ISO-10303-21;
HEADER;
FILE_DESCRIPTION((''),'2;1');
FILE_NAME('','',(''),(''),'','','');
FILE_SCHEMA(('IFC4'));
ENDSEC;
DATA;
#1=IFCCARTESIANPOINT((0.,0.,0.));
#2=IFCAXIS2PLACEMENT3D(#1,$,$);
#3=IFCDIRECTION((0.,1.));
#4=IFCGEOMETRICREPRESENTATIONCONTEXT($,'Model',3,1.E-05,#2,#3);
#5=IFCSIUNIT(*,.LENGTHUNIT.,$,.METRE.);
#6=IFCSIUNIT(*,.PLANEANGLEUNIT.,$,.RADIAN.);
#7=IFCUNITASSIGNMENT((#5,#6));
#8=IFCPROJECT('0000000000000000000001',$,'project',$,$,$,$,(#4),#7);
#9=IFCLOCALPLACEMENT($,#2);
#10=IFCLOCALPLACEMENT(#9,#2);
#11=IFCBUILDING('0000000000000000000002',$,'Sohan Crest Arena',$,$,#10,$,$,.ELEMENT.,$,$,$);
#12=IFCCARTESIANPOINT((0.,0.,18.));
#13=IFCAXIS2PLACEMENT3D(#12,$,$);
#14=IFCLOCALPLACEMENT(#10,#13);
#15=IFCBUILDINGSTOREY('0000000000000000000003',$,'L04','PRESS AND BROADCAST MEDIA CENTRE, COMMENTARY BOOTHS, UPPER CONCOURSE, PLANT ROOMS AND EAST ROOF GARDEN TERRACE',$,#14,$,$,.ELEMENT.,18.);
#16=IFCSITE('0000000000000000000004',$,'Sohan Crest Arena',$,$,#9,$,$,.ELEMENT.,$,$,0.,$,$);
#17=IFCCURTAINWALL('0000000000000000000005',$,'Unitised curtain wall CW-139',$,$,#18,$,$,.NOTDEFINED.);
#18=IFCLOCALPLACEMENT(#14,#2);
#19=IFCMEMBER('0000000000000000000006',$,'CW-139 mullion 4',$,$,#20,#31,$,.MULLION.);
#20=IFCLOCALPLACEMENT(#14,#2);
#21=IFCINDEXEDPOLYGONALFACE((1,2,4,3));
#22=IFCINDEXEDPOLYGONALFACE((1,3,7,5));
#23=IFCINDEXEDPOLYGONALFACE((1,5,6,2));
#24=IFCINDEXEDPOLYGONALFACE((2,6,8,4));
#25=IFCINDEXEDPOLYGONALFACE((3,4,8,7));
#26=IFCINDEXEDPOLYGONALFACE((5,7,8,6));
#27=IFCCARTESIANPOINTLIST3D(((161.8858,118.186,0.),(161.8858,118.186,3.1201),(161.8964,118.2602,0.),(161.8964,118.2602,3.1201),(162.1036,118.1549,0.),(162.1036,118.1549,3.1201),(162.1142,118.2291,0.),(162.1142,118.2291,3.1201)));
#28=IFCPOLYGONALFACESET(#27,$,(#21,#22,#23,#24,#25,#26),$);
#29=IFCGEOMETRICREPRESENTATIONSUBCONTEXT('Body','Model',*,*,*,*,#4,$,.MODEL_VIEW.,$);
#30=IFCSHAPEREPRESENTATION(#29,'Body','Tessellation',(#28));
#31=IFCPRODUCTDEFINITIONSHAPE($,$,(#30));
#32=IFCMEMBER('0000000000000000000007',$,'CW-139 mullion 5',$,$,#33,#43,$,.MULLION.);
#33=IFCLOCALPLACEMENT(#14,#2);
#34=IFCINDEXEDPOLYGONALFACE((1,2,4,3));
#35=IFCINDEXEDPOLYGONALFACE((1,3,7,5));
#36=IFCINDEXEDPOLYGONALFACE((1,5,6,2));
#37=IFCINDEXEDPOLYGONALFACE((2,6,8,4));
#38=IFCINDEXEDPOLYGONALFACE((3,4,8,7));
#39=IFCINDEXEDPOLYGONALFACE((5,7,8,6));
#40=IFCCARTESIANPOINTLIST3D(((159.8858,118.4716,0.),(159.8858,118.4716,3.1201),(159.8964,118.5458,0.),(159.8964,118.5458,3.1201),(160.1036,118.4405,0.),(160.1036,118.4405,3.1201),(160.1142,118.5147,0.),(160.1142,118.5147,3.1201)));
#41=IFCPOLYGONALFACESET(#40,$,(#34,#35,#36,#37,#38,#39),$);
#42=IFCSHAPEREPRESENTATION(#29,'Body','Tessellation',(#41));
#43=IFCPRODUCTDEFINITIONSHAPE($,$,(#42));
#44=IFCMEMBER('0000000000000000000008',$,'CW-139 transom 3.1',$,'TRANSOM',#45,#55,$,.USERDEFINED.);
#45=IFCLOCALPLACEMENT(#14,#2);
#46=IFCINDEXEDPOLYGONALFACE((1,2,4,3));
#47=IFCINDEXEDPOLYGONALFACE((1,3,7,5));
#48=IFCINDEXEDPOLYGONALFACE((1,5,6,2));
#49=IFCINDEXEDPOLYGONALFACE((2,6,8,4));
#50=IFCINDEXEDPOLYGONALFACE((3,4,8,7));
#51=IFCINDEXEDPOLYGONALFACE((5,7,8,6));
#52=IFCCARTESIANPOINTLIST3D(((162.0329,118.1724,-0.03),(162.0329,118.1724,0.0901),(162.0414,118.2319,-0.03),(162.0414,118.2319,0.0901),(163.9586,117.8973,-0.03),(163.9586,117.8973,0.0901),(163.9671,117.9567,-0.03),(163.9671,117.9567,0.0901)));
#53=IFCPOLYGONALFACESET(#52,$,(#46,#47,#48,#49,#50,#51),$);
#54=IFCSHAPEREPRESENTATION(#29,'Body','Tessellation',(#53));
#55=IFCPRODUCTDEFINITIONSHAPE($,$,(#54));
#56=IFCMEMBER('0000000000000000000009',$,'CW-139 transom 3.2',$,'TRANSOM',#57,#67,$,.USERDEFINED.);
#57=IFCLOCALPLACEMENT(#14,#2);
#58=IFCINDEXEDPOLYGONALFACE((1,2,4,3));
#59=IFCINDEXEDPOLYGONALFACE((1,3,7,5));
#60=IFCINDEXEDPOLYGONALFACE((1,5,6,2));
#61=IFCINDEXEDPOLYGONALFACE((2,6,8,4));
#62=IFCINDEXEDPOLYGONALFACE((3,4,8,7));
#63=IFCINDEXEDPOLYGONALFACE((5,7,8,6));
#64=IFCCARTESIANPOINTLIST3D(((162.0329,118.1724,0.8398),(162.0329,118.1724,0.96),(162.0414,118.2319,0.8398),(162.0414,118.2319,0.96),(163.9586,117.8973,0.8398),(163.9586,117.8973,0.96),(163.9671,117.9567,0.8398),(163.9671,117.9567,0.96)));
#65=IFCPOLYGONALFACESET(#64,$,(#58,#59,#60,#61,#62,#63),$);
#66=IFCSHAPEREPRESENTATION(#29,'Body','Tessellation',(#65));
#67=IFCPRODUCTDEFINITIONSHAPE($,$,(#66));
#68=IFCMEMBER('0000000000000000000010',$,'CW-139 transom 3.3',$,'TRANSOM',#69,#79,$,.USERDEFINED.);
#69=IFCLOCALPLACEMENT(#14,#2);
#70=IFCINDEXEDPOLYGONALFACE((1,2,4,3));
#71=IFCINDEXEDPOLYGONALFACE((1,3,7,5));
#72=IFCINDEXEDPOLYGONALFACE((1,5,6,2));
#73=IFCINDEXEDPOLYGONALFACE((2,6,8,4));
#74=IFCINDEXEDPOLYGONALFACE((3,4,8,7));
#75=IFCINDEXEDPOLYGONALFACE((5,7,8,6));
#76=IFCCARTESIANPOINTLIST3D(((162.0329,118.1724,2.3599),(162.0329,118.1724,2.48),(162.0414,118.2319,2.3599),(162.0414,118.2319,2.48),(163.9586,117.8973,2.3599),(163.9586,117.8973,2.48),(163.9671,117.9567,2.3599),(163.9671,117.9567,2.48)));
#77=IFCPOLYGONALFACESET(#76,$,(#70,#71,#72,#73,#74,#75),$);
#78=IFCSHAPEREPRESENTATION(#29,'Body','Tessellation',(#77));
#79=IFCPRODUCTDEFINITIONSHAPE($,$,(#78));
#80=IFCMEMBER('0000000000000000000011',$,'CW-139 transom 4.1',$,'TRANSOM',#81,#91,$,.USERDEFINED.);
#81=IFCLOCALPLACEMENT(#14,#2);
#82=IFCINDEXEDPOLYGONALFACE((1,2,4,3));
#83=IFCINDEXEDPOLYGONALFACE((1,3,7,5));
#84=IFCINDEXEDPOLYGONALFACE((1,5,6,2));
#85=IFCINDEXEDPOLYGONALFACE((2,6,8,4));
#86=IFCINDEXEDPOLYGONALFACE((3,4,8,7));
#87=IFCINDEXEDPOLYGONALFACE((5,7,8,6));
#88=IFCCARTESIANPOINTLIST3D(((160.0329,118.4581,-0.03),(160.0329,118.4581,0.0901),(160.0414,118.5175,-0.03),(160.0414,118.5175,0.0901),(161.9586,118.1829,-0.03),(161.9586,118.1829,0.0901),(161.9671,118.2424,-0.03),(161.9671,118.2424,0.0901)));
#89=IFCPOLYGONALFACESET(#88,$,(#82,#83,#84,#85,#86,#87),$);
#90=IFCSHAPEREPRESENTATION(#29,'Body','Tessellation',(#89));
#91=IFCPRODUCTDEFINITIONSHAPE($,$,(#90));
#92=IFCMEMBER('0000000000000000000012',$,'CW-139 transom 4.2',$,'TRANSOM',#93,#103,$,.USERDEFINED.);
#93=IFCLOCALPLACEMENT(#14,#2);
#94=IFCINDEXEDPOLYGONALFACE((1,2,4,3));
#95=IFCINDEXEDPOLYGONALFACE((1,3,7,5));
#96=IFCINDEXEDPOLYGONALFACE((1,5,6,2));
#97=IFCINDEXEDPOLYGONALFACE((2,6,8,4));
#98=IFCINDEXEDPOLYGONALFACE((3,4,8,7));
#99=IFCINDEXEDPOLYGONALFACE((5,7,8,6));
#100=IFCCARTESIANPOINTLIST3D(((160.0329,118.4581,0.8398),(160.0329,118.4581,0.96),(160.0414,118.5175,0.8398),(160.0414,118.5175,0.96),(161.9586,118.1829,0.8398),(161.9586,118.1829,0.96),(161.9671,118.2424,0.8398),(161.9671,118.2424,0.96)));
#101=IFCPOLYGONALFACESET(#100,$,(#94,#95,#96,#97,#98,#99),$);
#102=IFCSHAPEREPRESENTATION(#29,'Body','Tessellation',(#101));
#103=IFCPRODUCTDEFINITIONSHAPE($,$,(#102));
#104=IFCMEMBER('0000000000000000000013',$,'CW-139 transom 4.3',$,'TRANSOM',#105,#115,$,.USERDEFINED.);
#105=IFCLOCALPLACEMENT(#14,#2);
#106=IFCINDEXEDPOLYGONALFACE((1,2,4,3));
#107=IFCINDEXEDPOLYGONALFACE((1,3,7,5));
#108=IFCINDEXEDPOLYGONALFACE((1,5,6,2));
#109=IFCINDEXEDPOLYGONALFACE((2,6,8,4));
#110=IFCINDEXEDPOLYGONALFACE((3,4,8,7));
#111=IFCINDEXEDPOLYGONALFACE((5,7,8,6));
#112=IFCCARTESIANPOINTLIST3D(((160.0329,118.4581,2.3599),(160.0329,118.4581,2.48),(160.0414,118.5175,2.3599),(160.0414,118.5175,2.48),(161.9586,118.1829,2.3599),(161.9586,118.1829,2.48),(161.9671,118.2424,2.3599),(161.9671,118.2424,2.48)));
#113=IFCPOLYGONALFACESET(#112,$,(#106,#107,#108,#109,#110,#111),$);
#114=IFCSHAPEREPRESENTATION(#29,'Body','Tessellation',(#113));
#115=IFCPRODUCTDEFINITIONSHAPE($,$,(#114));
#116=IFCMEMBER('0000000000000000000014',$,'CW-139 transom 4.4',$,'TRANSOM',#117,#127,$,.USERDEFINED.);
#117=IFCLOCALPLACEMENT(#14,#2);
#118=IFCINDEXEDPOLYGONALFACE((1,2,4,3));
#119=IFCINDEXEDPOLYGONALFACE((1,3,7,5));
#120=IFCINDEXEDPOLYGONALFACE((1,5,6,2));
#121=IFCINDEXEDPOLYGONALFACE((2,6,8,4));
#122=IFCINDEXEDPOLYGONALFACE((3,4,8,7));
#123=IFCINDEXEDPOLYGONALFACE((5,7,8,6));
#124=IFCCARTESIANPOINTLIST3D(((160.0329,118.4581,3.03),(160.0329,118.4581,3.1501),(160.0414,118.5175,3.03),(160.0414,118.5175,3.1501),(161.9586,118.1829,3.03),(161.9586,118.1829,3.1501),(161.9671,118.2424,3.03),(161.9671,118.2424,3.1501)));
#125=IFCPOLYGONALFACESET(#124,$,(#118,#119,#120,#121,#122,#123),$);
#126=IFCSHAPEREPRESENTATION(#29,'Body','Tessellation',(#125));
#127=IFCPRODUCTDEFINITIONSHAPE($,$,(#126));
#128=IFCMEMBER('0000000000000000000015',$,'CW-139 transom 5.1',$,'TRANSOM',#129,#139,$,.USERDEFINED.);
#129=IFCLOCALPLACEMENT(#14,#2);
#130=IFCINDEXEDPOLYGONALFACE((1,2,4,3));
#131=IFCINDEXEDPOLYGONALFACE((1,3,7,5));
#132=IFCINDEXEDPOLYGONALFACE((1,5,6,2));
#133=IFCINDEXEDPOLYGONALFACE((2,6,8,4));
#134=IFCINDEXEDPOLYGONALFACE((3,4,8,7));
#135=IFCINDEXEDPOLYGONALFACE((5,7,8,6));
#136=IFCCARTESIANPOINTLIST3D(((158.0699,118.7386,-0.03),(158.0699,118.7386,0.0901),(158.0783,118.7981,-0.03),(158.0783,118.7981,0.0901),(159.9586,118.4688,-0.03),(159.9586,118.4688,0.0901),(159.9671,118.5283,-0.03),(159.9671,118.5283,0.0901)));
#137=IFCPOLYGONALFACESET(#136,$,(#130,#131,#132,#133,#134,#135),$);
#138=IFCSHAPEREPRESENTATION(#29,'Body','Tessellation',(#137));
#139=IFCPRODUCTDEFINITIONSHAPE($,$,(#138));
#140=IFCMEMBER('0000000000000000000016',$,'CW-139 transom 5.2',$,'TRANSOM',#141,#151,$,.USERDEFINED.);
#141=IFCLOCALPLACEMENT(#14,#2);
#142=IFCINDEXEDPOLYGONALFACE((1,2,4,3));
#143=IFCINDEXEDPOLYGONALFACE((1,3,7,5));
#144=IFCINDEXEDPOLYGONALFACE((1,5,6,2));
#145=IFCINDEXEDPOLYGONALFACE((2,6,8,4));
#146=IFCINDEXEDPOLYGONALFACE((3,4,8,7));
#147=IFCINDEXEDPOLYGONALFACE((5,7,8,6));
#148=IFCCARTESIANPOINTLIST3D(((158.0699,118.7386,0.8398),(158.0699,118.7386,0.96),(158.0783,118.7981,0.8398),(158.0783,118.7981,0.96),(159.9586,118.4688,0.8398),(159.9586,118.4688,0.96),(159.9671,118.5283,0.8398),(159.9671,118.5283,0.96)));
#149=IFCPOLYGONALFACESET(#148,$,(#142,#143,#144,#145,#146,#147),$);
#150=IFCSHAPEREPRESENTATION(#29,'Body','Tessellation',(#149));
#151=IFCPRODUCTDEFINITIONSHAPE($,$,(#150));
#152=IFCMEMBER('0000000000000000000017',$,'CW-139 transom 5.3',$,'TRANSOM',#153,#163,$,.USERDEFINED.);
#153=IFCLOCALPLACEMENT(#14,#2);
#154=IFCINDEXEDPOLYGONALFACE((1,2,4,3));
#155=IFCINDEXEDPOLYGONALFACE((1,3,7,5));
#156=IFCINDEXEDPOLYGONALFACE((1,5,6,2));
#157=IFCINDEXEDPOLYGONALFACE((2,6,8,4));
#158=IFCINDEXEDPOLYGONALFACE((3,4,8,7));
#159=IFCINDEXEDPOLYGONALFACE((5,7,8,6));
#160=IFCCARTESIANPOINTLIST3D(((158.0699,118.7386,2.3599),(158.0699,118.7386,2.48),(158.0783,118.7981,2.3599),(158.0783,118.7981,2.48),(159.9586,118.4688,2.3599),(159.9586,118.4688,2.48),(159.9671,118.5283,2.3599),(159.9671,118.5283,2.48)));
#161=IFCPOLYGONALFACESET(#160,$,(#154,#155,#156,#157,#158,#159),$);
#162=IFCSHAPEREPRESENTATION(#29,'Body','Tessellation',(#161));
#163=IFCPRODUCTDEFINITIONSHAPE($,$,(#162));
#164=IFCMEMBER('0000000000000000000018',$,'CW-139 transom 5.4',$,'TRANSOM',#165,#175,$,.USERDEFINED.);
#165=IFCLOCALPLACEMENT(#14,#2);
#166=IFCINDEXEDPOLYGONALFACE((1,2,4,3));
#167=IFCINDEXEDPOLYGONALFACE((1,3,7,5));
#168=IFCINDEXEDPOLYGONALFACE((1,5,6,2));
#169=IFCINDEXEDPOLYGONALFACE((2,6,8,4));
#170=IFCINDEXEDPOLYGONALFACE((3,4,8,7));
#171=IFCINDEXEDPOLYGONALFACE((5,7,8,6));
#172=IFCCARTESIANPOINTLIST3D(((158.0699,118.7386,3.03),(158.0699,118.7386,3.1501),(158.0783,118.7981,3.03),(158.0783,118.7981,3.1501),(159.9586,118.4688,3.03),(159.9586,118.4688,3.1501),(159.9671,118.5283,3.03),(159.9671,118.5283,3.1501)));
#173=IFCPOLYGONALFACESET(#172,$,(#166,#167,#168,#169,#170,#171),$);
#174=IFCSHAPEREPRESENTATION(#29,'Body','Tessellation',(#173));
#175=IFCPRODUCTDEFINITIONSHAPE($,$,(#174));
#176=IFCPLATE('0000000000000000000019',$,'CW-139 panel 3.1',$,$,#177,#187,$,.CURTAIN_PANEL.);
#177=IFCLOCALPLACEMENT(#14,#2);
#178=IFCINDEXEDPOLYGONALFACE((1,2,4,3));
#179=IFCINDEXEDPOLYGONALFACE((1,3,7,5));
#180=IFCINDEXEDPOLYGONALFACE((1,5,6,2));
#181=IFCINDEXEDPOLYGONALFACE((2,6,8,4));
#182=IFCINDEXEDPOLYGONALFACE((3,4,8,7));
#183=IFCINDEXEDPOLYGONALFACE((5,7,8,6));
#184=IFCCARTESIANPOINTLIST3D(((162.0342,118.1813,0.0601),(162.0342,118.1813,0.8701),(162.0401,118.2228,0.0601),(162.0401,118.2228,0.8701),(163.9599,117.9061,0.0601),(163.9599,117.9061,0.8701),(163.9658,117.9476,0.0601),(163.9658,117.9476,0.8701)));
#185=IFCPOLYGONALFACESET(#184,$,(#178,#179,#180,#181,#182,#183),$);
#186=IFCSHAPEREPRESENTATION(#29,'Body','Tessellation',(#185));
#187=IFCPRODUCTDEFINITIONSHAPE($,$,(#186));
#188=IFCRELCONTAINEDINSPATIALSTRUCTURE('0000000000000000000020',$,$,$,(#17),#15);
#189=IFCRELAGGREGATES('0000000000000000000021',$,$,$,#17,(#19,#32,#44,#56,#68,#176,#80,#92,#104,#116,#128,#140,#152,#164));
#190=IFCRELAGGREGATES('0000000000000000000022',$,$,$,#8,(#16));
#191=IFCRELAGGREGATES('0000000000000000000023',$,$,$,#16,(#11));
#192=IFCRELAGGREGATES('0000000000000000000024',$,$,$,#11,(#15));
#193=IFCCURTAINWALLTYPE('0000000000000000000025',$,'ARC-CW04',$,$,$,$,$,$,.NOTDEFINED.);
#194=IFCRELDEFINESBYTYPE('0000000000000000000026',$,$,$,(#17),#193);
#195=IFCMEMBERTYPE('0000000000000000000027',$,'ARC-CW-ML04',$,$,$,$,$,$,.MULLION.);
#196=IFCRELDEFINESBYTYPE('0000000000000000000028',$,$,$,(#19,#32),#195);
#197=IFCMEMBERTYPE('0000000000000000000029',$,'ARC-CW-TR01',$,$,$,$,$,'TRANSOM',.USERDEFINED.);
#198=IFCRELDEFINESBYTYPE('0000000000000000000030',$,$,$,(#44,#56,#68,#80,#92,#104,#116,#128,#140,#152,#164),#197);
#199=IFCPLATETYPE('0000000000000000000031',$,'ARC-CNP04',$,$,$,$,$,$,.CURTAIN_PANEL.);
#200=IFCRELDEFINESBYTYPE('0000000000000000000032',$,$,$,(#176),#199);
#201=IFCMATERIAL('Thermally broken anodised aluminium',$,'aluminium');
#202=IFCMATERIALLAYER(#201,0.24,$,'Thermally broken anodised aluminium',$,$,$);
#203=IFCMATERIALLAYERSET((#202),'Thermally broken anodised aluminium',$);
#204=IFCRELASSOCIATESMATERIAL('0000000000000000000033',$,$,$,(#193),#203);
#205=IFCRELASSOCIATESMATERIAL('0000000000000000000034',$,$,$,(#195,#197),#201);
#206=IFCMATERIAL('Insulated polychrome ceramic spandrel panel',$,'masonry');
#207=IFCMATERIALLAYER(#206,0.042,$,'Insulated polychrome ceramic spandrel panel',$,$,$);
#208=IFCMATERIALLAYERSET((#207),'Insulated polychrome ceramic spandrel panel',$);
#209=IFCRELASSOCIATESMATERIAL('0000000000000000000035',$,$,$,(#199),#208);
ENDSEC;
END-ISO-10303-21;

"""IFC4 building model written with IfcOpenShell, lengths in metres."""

from ifc_helpers import new_model, si_unit, direction, frame, origin, origin_2d, place, context, subcontext, project, spatial, rectangle, extrude, material, layer, layer_set, material_profile, profile_set, type_object, element, aggregate, save


model = new_model("IFC4")

# Units and contexts
model_context = context("Model", 3, precision=1e-05, world=origin(), true_north=direction((0.0, 1.0)))
body_context = subcontext(model_context, "Body", "Model", "MODEL_VIEW")
ifc_project = project(units=[si_unit("LENGTHUNIT", "METRE"), si_unit("PLANEANGLEUNIT", "RADIAN")], contexts=[model_context])

# Site, building, storey
site_placement = place(None, origin())
site = spatial("IfcSite", under=ifc_project, at=site_placement, Name="Sohan Crest Arena", CompositionType="ELEMENT", RefElevation=0.0)
building_placement = place(site_placement, origin())
building = spatial("IfcBuilding", under=site, at=building_placement, Name="Sohan Crest Arena", CompositionType="ELEMENT")
storey_placement = place(building_placement, frame((0.0, 0.0, 18.0)))
storey = spatial("IfcBuildingStorey", under=building, at=storey_placement, Name="L04", Description="PRESS AND BROADCAST MEDIA CENTRE, COMMENTARY BOOTHS, UPPER CONCOURSE, PLANT ROOMS AND EAST ROOF GARDEN TERRACE", CompositionType="ELEMENT", Elevation=18.0)

# Curtain wall, members, plate
ifc_material_1 = material(Name="Thermally broken anodised aluminium", Category="aluminium")
ifc_layer_1 = layer(ifc_material_1, 0.24, Name="Thermally broken anodised aluminium")
ifc_layer_set_1 = layer_set([ifc_layer_1], Name="Thermally broken anodised aluminium")
curtain_wall_type = type_object("IfcCurtainWallType", Name="ARC-CW04", PredefinedType="NOTDEFINED", material=ifc_layer_set_1)
curtain_wall_placement = place(storey_placement, origin())
curtain_wall = element("IfcCurtainWall", 1, at=curtain_wall_placement, inside=storey, type_object=curtain_wall_type, Name="Unitised curtain wall CW-139", PredefinedType="NOTDEFINED")
ifc_material_profile_1 = material_profile(ifc_material_1, rectangle(XDim=0.075, YDim=0.22, at=origin_2d()), Name="ALU-MULL 75x220")
ifc_profile_set_1 = profile_set([ifc_material_profile_1], Name="Thermally broken anodised aluminium")
member_type_1 = type_object("IfcMemberType", Name="ARC-CW-ML04", PredefinedType="MULLION", material=ifc_profile_set_1)
member_1_placement = place(storey_placement, frame((162.0, 118.2075, 0.0), z_axis=(0.0, 0.0, 1.0), x_axis=(-0.141463, -0.989944, 0.0)))
member_1 = element("IfcMember", 2, at=member_1_placement, type_object=member_type_1, Name="CW-139 mullion 4", PredefinedType="MULLION", context=body_context, shape_type="SweptSolid", body=[
    extrude(rectangle(XDim=0.075, YDim=0.22, at=origin_2d()), origin(), (0.0, 0.0, 1.0), 3.1201),
])
member_2_placement = place(storey_placement, frame((160.0, 118.4932, 0.0), z_axis=(0.0, 0.0, 1.0), x_axis=(-0.141463, -0.989944, 0.0)))
member_2 = element("IfcMember", 3, at=member_2_placement, type_object=member_type_1, Name="CW-139 mullion 5", PredefinedType="MULLION", context=body_context, shape_type="SweptSolid", body=[
    extrude(rectangle(XDim=0.075, YDim=0.22, at=origin_2d()), origin(), (0.0, 0.0, 1.0), 3.1201),
])
ifc_material_profile_2 = material_profile(ifc_material_1, rectangle(XDim=0.0601, YDim=0.1201, at=origin_2d()), Name="ALU-TRAN 60x120")
ifc_profile_set_2 = profile_set([ifc_material_profile_2], Name="Thermally broken anodised aluminium")
member_type_2 = type_object("IfcMemberType", Name="ARC-CW-TR01", ElementType="TRANSOM", PredefinedType="USERDEFINED", material=ifc_profile_set_2)
member_3_placement = place(storey_placement, frame((163.9629, 117.927, 0.03), z_axis=(-0.989947, 0.141439, 0.0), x_axis=(-0.141439, -0.989947, 0.0)))
member_3 = element("IfcMember", 4, at=member_3_placement, type_object=member_type_2, Name="CW-139 transom 3.1", ObjectType="TRANSOM", PredefinedType="USERDEFINED", context=body_context, shape_type="SweptSolid", body=[
    extrude(rectangle(XDim=0.0601, YDim=0.1201, at=origin_2d()), origin(), (0.0, 0.0, 1.0), 1.9453),
])
member_4_placement = place(storey_placement, frame((163.9629, 117.927, 0.8999), z_axis=(-0.989947, 0.141439, 0.0), x_axis=(-0.141439, -0.989947, 0.0)))
member_4 = element("IfcMember", 5, at=member_4_placement, type_object=member_type_2, Name="CW-139 transom 3.2", ObjectType="TRANSOM", PredefinedType="USERDEFINED", context=body_context, shape_type="SweptSolid", body=[
    extrude(rectangle(XDim=0.0601, YDim=0.1201, at=origin_2d()), origin(), (0.0, 0.0, 1.0), 1.9453),
])
member_5_placement = place(storey_placement, frame((163.9629, 117.927, 2.4199), z_axis=(-0.989947, 0.141439, 0.0), x_axis=(-0.141439, -0.989947, 0.0)))
member_5 = element("IfcMember", 6, at=member_5_placement, type_object=member_type_2, Name="CW-139 transom 3.3", ObjectType="TRANSOM", PredefinedType="USERDEFINED", context=body_context, shape_type="SweptSolid", body=[
    extrude(rectangle(XDim=0.0601, YDim=0.1201, at=origin_2d()), origin(), (0.0, 0.0, 1.0), 1.9453),
])
member_6_placement = place(storey_placement, frame((161.9629, 118.2126, 0.03), z_axis=(-0.989947, 0.141439, 0.0), x_axis=(-0.141439, -0.989947, 0.0)))
member_6 = element("IfcMember", 7, at=member_6_placement, type_object=member_type_2, Name="CW-139 transom 4.1", ObjectType="TRANSOM", PredefinedType="USERDEFINED", context=body_context, shape_type="SweptSolid", body=[
    extrude(rectangle(XDim=0.0601, YDim=0.1201, at=origin_2d()), origin(), (0.0, 0.0, 1.0), 1.9453),
])
member_7_placement = place(storey_placement, frame((161.9629, 118.2126, 0.8999), z_axis=(-0.989947, 0.141439, 0.0), x_axis=(-0.141439, -0.989947, 0.0)))
member_7 = element("IfcMember", 8, at=member_7_placement, type_object=member_type_2, Name="CW-139 transom 4.2", ObjectType="TRANSOM", PredefinedType="USERDEFINED", context=body_context, shape_type="SweptSolid", body=[
    extrude(rectangle(XDim=0.0601, YDim=0.1201, at=origin_2d()), origin(), (0.0, 0.0, 1.0), 1.9453),
])
member_8_placement = place(storey_placement, frame((161.9629, 118.2126, 2.4199), z_axis=(-0.989947, 0.141439, 0.0), x_axis=(-0.141439, -0.989947, 0.0)))
member_8 = element("IfcMember", 9, at=member_8_placement, type_object=member_type_2, Name="CW-139 transom 4.3", ObjectType="TRANSOM", PredefinedType="USERDEFINED", context=body_context, shape_type="SweptSolid", body=[
    extrude(rectangle(XDim=0.0601, YDim=0.1201, at=origin_2d()), origin(), (0.0, 0.0, 1.0), 1.9453),
])
member_9_placement = place(storey_placement, frame((161.9629, 118.2126, 3.0901), z_axis=(-0.989947, 0.141439, 0.0), x_axis=(-0.141439, -0.989947, 0.0)))
member_9 = element("IfcMember", 10, at=member_9_placement, type_object=member_type_2, Name="CW-139 transom 4.4", ObjectType="TRANSOM", PredefinedType="USERDEFINED", context=body_context, shape_type="SweptSolid", body=[
    extrude(rectangle(XDim=0.0601, YDim=0.1201, at=origin_2d()), origin(), (0.0, 0.0, 1.0), 1.9453),
])
member_10_placement = place(storey_placement, frame((159.9629, 118.4985, 0.03), z_axis=(-0.989952, 0.141403, 0.0), x_axis=(-0.141403, -0.989952, 0.0)))
member_10 = element("IfcMember", 11, at=member_10_placement, type_object=member_type_2, Name="CW-139 transom 5.1", ObjectType="TRANSOM", PredefinedType="USERDEFINED", context=body_context, shape_type="SweptSolid", body=[
    extrude(rectangle(XDim=0.0601, YDim=0.1201, at=origin_2d()), origin(), (0.0, 0.0, 1.0), 1.908),
])
member_11_placement = place(storey_placement, frame((159.9629, 118.4985, 0.8999), z_axis=(-0.989952, 0.141403, 0.0), x_axis=(-0.141403, -0.989952, 0.0)))
member_11 = element("IfcMember", 12, at=member_11_placement, type_object=member_type_2, Name="CW-139 transom 5.2", ObjectType="TRANSOM", PredefinedType="USERDEFINED", context=body_context, shape_type="SweptSolid", body=[
    extrude(rectangle(XDim=0.0601, YDim=0.1201, at=origin_2d()), origin(), (0.0, 0.0, 1.0), 1.908),
])
member_12_placement = place(storey_placement, frame((159.9629, 118.4985, 2.4199), z_axis=(-0.989952, 0.141403, 0.0), x_axis=(-0.141403, -0.989952, 0.0)))
member_12 = element("IfcMember", 13, at=member_12_placement, type_object=member_type_2, Name="CW-139 transom 5.3", ObjectType="TRANSOM", PredefinedType="USERDEFINED", context=body_context, shape_type="SweptSolid", body=[
    extrude(rectangle(XDim=0.0601, YDim=0.1201, at=origin_2d()), origin(), (0.0, 0.0, 1.0), 1.908),
])
member_13_placement = place(storey_placement, frame((159.9629, 118.4985, 3.0901), z_axis=(-0.989952, 0.141403, 0.0), x_axis=(-0.141403, -0.989952, 0.0)))
member_13 = element("IfcMember", 14, at=member_13_placement, type_object=member_type_2, Name="CW-139 transom 5.4", ObjectType="TRANSOM", PredefinedType="USERDEFINED", context=body_context, shape_type="SweptSolid", body=[
    extrude(rectangle(XDim=0.0601, YDim=0.1201, at=origin_2d()), origin(), (0.0, 0.0, 1.0), 1.908),
])
ifc_material_2 = material(Name="Insulated polychrome ceramic spandrel panel", Category="masonry")
ifc_layer_2 = layer(ifc_material_2, 0.042, Name="Insulated polychrome ceramic spandrel panel")
ifc_layer_set_2 = layer_set([ifc_layer_2], Name="Insulated polychrome ceramic spandrel panel")
plate_type = type_object("IfcPlateType", Name="ARC-CNP04", PredefinedType="CURTAIN_PANEL", material=ifc_layer_set_2)
plate_1_placement = place(storey_placement, frame((163.0, 118.0645, 0.0601), z_axis=(0.0, 0.0, 1.0), x_axis=(-0.989944, 0.141463, 0.0)))
plate_1 = element("IfcPlate", 15, at=plate_1_placement, type_object=plate_type, Name="CW-139 panel 3.1", PredefinedType="CURTAIN_PANEL", context=body_context, shape_type="SweptSolid", body=[
    extrude(rectangle(XDim=1.9453, YDim=0.042, at=origin_2d()), origin(), (0.0, 0.0, 1.0), 0.8101),
])
aggregate(curtain_wall, [member_1, member_2, member_3, member_4, member_5, plate_1, member_6, member_7, member_8, member_9, member_10, member_11, member_12, member_13])

save(model, "model.ifc")
